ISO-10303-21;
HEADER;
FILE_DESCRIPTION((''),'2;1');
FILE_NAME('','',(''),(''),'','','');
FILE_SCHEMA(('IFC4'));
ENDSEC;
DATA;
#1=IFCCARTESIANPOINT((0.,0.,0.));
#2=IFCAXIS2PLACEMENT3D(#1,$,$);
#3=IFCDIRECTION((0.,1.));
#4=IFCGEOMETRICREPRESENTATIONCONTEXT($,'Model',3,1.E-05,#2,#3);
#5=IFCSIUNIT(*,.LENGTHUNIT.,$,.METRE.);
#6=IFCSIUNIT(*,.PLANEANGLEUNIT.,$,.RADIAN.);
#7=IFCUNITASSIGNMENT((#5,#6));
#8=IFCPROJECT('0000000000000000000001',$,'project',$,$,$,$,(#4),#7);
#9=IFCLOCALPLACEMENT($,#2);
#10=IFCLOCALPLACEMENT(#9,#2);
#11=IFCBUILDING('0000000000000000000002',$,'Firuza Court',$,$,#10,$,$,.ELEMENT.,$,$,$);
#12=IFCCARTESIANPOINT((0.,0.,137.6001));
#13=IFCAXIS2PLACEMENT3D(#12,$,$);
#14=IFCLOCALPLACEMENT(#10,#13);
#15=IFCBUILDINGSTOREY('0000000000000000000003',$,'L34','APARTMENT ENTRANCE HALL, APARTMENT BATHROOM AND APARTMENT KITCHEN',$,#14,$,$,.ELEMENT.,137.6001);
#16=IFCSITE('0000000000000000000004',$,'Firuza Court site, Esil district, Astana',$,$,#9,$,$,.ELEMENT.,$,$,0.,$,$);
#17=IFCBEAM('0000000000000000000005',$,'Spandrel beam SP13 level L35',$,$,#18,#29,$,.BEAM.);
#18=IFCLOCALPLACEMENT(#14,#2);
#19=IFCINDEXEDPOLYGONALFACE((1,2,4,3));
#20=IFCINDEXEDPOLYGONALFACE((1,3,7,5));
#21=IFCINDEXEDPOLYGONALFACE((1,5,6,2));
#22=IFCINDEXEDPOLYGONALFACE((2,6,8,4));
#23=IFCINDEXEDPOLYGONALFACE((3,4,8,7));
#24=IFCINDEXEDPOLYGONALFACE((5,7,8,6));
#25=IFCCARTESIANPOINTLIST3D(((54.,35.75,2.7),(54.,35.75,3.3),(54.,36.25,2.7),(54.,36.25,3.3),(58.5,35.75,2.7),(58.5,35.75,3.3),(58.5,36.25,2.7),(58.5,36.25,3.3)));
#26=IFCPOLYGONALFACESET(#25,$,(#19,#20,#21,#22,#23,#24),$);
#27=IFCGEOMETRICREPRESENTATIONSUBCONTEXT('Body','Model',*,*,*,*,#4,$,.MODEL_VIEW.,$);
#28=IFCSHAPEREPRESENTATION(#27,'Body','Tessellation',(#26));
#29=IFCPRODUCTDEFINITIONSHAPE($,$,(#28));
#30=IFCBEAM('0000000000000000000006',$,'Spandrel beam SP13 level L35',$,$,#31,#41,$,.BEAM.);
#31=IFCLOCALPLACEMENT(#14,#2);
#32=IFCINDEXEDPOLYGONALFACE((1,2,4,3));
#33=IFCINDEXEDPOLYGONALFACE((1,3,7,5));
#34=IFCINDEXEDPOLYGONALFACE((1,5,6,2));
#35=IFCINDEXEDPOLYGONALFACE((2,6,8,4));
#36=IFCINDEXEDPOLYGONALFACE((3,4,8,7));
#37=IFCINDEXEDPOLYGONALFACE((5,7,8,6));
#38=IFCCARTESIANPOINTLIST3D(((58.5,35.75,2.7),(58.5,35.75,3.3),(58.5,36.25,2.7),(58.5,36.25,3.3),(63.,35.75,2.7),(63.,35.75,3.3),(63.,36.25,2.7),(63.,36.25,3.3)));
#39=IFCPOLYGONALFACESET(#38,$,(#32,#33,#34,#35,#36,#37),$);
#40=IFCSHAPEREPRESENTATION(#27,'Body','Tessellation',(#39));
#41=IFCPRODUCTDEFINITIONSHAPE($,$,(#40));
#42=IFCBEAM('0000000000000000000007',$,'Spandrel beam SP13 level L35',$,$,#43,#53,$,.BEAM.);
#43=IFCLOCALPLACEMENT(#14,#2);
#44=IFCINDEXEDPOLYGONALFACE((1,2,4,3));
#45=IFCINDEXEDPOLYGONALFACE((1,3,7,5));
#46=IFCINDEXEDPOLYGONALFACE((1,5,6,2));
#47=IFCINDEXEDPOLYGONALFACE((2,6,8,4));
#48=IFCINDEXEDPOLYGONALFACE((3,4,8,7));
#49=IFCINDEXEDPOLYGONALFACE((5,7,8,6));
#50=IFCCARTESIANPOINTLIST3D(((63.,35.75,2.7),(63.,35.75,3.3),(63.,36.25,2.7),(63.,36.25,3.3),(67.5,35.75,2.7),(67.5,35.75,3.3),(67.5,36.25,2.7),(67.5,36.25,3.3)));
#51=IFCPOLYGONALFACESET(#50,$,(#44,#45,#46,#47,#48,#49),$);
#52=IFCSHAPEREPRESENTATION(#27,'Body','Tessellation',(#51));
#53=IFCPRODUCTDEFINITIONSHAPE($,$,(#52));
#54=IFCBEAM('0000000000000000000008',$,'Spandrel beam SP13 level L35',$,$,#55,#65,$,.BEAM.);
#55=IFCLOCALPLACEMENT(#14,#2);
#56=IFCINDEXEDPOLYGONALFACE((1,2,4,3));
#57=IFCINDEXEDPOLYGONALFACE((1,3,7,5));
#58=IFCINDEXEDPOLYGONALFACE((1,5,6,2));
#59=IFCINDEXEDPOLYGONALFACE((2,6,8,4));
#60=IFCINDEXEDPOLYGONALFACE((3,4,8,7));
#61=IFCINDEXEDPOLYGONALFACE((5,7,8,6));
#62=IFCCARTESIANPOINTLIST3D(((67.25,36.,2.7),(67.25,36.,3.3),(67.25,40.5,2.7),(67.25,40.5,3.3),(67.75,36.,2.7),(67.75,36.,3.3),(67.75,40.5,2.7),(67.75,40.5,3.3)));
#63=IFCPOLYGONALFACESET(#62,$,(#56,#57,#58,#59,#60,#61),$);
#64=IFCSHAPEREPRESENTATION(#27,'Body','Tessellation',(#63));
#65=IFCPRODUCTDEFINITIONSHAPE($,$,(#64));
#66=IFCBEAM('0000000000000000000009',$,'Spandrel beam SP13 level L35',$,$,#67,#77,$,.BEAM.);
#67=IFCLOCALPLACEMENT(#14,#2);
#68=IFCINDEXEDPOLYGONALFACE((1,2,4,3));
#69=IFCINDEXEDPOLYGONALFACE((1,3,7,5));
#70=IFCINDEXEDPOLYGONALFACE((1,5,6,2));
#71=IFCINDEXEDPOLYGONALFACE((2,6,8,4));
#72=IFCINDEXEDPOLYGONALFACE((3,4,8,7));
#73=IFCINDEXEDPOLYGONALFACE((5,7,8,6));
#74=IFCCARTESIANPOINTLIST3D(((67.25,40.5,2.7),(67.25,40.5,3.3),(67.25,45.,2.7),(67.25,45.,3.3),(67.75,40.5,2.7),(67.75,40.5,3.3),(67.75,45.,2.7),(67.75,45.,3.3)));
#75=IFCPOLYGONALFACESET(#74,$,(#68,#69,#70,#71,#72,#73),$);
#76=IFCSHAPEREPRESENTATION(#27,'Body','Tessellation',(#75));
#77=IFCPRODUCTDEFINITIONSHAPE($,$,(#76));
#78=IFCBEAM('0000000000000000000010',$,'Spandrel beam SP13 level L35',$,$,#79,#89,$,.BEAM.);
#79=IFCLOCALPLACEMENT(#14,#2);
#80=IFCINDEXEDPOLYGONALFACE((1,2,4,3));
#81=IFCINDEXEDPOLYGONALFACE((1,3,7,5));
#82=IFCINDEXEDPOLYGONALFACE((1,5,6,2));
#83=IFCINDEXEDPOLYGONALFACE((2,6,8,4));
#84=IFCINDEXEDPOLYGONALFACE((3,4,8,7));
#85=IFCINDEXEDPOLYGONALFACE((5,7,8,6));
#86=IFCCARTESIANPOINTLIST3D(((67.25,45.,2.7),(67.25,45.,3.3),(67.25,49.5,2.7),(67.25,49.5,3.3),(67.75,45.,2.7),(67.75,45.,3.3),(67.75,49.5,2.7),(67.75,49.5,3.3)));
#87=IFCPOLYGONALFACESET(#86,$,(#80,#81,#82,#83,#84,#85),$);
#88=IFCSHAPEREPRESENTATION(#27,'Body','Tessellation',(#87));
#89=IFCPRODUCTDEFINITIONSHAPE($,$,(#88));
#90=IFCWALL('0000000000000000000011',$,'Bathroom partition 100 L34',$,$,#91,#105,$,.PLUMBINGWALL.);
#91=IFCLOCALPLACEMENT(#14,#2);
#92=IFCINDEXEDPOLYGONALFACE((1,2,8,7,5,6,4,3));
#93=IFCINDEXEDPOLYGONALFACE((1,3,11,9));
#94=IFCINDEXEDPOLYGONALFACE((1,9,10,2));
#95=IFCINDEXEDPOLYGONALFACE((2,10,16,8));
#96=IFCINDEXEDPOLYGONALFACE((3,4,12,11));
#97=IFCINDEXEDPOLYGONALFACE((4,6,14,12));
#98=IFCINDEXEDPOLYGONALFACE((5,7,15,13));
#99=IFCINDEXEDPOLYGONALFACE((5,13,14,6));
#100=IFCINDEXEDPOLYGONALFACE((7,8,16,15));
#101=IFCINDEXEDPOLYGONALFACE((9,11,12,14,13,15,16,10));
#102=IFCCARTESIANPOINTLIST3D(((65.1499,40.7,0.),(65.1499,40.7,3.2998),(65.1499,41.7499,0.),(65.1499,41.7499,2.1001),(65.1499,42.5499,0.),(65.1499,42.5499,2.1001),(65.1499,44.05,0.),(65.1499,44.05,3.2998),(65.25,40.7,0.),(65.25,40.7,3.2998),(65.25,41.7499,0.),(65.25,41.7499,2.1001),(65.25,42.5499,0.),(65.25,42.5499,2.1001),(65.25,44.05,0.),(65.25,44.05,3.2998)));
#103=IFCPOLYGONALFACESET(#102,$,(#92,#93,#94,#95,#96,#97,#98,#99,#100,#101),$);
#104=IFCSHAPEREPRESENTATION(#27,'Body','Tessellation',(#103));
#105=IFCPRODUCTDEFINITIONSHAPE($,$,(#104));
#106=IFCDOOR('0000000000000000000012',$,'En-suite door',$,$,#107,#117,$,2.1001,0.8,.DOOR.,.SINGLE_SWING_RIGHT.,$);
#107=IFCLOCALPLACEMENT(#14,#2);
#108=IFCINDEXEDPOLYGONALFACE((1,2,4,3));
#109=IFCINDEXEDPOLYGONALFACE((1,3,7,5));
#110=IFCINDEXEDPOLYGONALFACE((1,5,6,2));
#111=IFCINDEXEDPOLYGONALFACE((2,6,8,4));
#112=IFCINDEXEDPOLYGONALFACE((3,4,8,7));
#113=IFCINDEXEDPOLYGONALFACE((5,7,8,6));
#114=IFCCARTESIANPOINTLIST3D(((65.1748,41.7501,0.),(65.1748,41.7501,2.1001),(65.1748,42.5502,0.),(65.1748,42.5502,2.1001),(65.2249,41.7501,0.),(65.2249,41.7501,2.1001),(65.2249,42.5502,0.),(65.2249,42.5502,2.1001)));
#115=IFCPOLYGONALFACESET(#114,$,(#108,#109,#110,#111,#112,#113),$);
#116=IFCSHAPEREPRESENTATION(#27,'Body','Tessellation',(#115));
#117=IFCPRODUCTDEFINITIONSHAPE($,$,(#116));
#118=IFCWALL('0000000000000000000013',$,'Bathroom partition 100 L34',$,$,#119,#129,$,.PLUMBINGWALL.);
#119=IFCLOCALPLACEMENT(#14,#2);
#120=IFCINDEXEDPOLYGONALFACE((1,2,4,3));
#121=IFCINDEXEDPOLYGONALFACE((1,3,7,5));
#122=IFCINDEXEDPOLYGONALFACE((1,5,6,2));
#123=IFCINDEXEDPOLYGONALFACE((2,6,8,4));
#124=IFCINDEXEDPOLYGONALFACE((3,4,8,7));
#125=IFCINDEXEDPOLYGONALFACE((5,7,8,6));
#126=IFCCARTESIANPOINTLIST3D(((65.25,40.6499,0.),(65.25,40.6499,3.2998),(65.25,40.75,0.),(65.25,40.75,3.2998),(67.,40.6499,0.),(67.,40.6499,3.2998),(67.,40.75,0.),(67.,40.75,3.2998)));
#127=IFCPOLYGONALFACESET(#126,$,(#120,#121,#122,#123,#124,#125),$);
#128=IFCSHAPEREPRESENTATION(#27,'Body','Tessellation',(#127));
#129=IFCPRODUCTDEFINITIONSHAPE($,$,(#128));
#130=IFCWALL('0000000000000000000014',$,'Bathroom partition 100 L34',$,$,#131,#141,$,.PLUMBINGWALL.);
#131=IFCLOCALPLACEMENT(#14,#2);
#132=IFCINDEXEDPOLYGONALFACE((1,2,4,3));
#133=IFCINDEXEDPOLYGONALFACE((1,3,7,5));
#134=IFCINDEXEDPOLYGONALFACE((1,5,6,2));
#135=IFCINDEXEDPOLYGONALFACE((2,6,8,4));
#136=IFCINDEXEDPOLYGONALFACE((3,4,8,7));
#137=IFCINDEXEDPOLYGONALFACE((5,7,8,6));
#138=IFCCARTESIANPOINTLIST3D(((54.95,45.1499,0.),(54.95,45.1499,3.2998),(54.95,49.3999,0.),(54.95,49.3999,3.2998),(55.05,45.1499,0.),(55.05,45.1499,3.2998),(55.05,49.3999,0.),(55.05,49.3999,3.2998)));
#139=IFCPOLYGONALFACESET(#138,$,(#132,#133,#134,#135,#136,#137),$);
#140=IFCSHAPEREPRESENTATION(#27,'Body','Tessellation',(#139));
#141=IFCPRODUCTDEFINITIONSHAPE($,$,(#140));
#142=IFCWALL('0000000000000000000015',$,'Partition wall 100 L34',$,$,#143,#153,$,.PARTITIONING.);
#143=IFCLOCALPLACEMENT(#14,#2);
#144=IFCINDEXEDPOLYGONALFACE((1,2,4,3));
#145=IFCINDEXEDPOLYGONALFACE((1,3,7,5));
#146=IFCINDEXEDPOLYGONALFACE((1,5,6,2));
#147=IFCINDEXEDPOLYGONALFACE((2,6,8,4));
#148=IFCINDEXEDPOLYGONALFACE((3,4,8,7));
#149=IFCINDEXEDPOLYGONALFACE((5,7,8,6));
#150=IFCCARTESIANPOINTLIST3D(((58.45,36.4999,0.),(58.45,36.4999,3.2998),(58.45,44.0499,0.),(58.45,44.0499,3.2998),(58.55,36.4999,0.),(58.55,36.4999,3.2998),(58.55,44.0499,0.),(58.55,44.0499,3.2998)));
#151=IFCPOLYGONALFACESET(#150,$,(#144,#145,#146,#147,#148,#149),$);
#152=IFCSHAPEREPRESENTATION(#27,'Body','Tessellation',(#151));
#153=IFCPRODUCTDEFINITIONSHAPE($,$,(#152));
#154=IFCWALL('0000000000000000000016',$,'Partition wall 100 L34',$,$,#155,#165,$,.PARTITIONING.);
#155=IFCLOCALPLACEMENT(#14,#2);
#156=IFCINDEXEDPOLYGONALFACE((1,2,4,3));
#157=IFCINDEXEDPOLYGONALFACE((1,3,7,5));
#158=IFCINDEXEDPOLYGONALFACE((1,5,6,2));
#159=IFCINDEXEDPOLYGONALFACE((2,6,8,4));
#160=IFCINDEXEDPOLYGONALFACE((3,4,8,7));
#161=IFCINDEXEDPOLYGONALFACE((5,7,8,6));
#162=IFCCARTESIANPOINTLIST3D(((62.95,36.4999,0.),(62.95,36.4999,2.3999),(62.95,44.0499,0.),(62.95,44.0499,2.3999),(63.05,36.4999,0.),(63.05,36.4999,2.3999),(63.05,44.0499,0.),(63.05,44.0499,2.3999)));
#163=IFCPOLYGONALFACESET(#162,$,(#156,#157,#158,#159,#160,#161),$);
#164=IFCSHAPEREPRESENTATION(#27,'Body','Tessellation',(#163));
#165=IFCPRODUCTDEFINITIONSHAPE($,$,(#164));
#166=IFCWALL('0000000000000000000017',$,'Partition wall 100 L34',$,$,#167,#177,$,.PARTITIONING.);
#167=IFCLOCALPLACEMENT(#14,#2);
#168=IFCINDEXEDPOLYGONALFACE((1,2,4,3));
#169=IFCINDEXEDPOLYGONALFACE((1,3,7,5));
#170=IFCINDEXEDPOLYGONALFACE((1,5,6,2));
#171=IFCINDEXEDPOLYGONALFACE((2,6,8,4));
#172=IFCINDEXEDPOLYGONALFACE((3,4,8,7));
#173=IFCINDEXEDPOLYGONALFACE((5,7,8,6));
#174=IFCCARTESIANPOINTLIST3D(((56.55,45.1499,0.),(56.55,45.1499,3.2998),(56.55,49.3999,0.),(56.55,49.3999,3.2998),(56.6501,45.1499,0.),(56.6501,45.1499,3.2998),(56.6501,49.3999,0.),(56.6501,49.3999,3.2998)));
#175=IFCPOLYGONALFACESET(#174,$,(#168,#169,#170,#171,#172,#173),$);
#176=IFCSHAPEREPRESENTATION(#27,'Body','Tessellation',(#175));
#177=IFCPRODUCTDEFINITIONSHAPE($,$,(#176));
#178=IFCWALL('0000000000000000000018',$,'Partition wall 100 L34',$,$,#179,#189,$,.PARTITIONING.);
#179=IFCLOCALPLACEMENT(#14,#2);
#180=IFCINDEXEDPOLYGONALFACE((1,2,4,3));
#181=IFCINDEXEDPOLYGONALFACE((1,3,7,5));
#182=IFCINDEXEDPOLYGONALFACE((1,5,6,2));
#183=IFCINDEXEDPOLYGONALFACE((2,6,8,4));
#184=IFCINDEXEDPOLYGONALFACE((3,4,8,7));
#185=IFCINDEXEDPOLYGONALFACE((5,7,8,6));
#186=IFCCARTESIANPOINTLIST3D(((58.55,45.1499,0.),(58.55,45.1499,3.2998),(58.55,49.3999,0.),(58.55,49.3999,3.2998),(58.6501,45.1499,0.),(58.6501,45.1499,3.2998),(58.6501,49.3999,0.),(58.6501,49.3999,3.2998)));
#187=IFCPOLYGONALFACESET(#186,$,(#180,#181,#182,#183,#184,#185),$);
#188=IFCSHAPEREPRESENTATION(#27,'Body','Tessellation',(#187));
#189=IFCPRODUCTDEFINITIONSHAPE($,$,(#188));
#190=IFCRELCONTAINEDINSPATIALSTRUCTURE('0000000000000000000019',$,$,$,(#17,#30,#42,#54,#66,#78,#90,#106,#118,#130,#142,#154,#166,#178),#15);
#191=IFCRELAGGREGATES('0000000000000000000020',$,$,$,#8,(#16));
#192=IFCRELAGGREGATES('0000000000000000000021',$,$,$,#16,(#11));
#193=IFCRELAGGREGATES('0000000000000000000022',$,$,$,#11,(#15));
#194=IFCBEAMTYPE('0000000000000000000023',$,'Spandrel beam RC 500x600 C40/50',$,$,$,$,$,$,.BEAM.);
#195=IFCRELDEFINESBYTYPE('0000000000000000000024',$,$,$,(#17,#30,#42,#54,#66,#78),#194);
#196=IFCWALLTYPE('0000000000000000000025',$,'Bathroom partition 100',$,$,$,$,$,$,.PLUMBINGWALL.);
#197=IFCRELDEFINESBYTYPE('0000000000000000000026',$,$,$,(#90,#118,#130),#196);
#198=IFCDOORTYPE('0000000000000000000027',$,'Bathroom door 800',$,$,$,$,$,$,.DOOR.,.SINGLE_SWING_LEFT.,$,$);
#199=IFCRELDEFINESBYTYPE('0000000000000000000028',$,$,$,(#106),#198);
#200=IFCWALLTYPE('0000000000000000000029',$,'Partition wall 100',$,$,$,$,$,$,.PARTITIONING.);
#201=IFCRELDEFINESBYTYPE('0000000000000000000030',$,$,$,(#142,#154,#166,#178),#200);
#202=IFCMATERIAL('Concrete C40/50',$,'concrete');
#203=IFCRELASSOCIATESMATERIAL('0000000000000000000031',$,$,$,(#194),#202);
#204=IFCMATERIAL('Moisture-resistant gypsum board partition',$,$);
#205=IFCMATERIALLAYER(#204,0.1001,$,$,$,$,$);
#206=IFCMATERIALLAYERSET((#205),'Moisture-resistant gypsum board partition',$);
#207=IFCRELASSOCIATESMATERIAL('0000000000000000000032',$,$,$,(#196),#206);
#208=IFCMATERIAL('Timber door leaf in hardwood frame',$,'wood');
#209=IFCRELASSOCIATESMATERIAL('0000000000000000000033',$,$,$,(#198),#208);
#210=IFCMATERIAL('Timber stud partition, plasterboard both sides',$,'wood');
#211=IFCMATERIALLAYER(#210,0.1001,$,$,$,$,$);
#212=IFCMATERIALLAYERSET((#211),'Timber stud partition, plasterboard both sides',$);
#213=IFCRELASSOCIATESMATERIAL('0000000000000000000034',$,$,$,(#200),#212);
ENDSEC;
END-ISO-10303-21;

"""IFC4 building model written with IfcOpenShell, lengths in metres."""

from ifc_helpers import new_model, si_unit, direction, frame, frame_2d, origin, origin_2d, place, context, subcontext, project, spatial, rectangle, extrude, material, layer, layer_set, material_profile, profile_set, type_object, element, fill, save


model = new_model("IFC4")

# Units and contexts
model_context = context("Model", 3, precision=1e-05, world=origin(), true_north=direction((0.0, 1.0)))
body_context = subcontext(model_context, "Body", "Model", "MODEL_VIEW")
ifc_project = project(units=[si_unit("LENGTHUNIT", "METRE"), si_unit("PLANEANGLEUNIT", "RADIAN")], contexts=[model_context])

# Site, building, storey
site_placement = place(None, origin())
site = spatial("IfcSite", under=ifc_project, at=site_placement, Name="Firuza Court site, Esil district, Astana", CompositionType="ELEMENT", RefElevation=0.0)
building_placement = place(site_placement, origin())
building = spatial("IfcBuilding", under=site, at=building_placement, Name="Firuza Court", CompositionType="ELEMENT")
storey_placement = place(building_placement, frame((0.0, 0.0, 137.6001)))
storey = spatial("IfcBuildingStorey", under=building, at=storey_placement, Name="L34", Description="APARTMENT ENTRANCE HALL, APARTMENT BATHROOM AND APARTMENT KITCHEN", CompositionType="ELEMENT", Elevation=137.6001)

# Beams
ifc_material_1 = material(Name="Concrete C40/50", Category="concrete")
ifc_material_profile_1 = material_profile(ifc_material_1, rectangle(XDim=0.5, YDim=0.6001, at=origin_2d()), Name="RC 500x600")
ifc_profile_set_1 = profile_set([ifc_material_profile_1], Name="Concrete C40/50")
beam_type_1 = type_object("IfcBeamType", Name="Spandrel beam RC 500x600 C40/50", PredefinedType="BEAM", material=ifc_profile_set_1)
for number, where, z_axis, x_axis, name in (
    (1, (54.0, 36.0, 3.0), (1.0, 0.0, 0.0), (0.0, 1.0, 0.0), "Spandrel beam SP13 level L35"),
    (2, (58.5, 36.0, 3.0), (1.0, 0.0, 0.0), (0.0, 1.0, 0.0), "Spandrel beam SP13 level L35"),
    (3, (63.0, 36.0, 3.0), (1.0, 0.0, 0.0), (0.0, 1.0, 0.0), "Spandrel beam SP13 level L35"),
    (4, (67.5, 36.0, 3.0), (0.0, 1.0, 0.0), (-1.0, 0.0, 0.0), "Spandrel beam SP13 level L35"),
    (5, (67.5, 40.5, 3.0), (0.0, 1.0, 0.0), (-1.0, 0.0, 0.0), "Spandrel beam SP13 level L35"),
    (6, (67.5, 45.0, 3.0), (0.0, 1.0, 0.0), (-1.0, 0.0, 0.0), "Spandrel beam SP13 level L35"),
):
    element("IfcBeam", number, at=place(storey_placement, frame(where, z_axis=z_axis, x_axis=x_axis)), inside=storey, type_object=beam_type_1, Name=name, PredefinedType="BEAM", context=body_context, shape_type="SweptSolid", body=[
        extrude(rectangle(XDim=0.5, YDim=0.6001, at=origin_2d()), origin(), (0.0, 0.0, 1.0), 4.5),
    ])

# Wall, opening, door
ifc_material_2 = material(Name="Moisture-resistant gypsum board partition")
ifc_layer_1 = layer(ifc_material_2, 0.1001)
ifc_layer_set_1 = layer_set([ifc_layer_1], Name="Moisture-resistant gypsum board partition")
wall_type_1 = type_object("IfcWallType", Name="Bathroom partition 100", PredefinedType="PLUMBINGWALL", material=ifc_layer_set_1)
wall_1_placement = place(storey_placement, frame((65.2, 40.7, 0.0), z_axis=(0.0, 0.0, 1.0), x_axis=(0.0, 1.0, 0.0)))
wall_1 = element("IfcWall", 7, at=wall_1_placement, inside=storey, type_object=wall_type_1, Name="Bathroom partition 100 L34", PredefinedType="PLUMBINGWALL", context=body_context, shape_type="SweptSolid", body=[
    extrude(rectangle(XDim=3.3501, YDim=0.1001, at=frame_2d((1.675, 0.0))), origin(), (0.0, 0.0, 1.0), 3.2998),
])
opening_1_placement = place(wall_1_placement, frame((1.05, 0.0, 0.0)))
opening_1 = element("IfcOpeningElement", 8, at=opening_1_placement, cuts=wall_1, PredefinedType="OPENING", context=body_context, shape_type="SweptSolid", body=[
    extrude(rectangle(XDim=0.8, YDim=2.1001, at=frame_2d((0.3999, 1.05))), frame((0.0, 0.062, 0.0), z_axis=(0.0, -1.0, 0.0), x_axis=(1.0, 0.0, 0.0)), (0.0, 0.0, 1.0), 0.124),
])
ifc_material_3 = material(Name="Timber door leaf in hardwood frame", Category="wood")
door_type = type_object("IfcDoorType", Name="Bathroom door 800", OperationType="SINGLE_SWING_LEFT", PredefinedType="DOOR", material=ifc_material_3)
door_placement = place(opening_1_placement, frame((0.8, 0.0, 0.0), z_axis=(0.0, 0.0, 1.0), x_axis=(-1.0, 0.0, 0.0)))
door = element("IfcDoor", 9, at=door_placement, inside=storey, type_object=door_type, Name="En-suite door", OperationType="SINGLE_SWING_RIGHT", OverallHeight=2.1001, OverallWidth=0.8, PredefinedType="DOOR", context=body_context, shape_type="SweptSolid", body=[
    extrude(rectangle(XDim=0.8, YDim=2.1001, at=frame_2d((0.3999, 1.05))), frame((0.0, 0.0249, 0.0), z_axis=(0.0, -1.0, 0.0), x_axis=(1.0, 0.0, 0.0)), (0.0, 0.0, 1.0), 0.05),
])
fill(opening_1, door)

# Walls
wall_2_placement = place(storey_placement, frame((65.25, 40.7, 0.0), z_axis=(0.0, 0.0, 1.0), x_axis=(1.0, 0.0, 0.0)))
element("IfcWall", 10, at=wall_2_placement, inside=storey, type_object=wall_type_1, Name="Bathroom partition 100 L34", PredefinedType="PLUMBINGWALL", context=body_context, shape_type="SweptSolid", body=[
    extrude(rectangle(XDim=1.75, YDim=0.1001, at=frame_2d((0.875, 0.0))), origin(), (0.0, 0.0, 1.0), 3.2998),
])
wall_3_placement = place(storey_placement, frame((55.0, 45.1499, 0.0), z_axis=(0.0, 0.0, 1.0), x_axis=(0.0, 1.0, 0.0)))
element("IfcWall", 11, at=wall_3_placement, inside=storey, type_object=wall_type_1, Name="Bathroom partition 100 L34", PredefinedType="PLUMBINGWALL", context=body_context, shape_type="SweptSolid", body=[
    extrude(rectangle(XDim=4.25, YDim=0.1001, at=frame_2d((2.125, 0.0))), origin(), (0.0, 0.0, 1.0), 3.2998),
])
ifc_material_4 = material(Name="Timber stud partition, plasterboard both sides", Category="wood")
ifc_layer_2 = layer(ifc_material_4, 0.1001)
ifc_layer_set_2 = layer_set([ifc_layer_2], Name="Timber stud partition, plasterboard both sides")
wall_type_2 = type_object("IfcWallType", Name="Partition wall 100", PredefinedType="PARTITIONING", material=ifc_layer_set_2)
wall_4_placement = place(storey_placement, frame((58.5, 36.5, 0.0), z_axis=(0.0, 0.0, 1.0), x_axis=(0.0, 1.0, 0.0)))
element("IfcWall", 12, at=wall_4_placement, inside=storey, type_object=wall_type_2, Name="Partition wall 100 L34", PredefinedType="PARTITIONING", context=body_context, shape_type="SweptSolid", body=[
    extrude(rectangle(XDim=7.55, YDim=0.1001, at=frame_2d((3.7749, 0.0))), origin(), (0.0, 0.0, 1.0), 3.2998),
])
wall_5_placement = place(storey_placement, frame((63.0, 36.5, 0.0), z_axis=(0.0, 0.0, 1.0), x_axis=(0.0, 1.0, 0.0)))
element("IfcWall", 13, at=wall_5_placement, inside=storey, type_object=wall_type_2, Name="Partition wall 100 L34", PredefinedType="PARTITIONING", context=body_context, shape_type="SweptSolid", body=[
    extrude(rectangle(XDim=7.55, YDim=0.1001, at=frame_2d((3.7749, 0.0))), origin(), (0.0, 0.0, 1.0), 2.3999),
])
for number, where, z_axis, x_axis, name in (
    (14, (56.6001, 45.1499, 0.0), (0.0, 0.0, 1.0), (0.0, 1.0, 0.0), "Partition wall 100 L34"),
    (15, (58.6001, 45.1499, 0.0), (0.0, 0.0, 1.0), (0.0, 1.0, 0.0), "Partition wall 100 L34"),
):
    element("IfcWall", number, at=place(storey_placement, frame(where, z_axis=z_axis, x_axis=x_axis)), inside=storey, type_object=wall_type_2, Name=name, PredefinedType="PARTITIONING", context=body_context, shape_type="SweptSolid", body=[
        extrude(rectangle(XDim=4.25, YDim=0.1001, at=frame_2d((2.125, 0.0))), origin(), (0.0, 0.0, 1.0), 3.2998),
    ])

save(model, "model.ifc")
